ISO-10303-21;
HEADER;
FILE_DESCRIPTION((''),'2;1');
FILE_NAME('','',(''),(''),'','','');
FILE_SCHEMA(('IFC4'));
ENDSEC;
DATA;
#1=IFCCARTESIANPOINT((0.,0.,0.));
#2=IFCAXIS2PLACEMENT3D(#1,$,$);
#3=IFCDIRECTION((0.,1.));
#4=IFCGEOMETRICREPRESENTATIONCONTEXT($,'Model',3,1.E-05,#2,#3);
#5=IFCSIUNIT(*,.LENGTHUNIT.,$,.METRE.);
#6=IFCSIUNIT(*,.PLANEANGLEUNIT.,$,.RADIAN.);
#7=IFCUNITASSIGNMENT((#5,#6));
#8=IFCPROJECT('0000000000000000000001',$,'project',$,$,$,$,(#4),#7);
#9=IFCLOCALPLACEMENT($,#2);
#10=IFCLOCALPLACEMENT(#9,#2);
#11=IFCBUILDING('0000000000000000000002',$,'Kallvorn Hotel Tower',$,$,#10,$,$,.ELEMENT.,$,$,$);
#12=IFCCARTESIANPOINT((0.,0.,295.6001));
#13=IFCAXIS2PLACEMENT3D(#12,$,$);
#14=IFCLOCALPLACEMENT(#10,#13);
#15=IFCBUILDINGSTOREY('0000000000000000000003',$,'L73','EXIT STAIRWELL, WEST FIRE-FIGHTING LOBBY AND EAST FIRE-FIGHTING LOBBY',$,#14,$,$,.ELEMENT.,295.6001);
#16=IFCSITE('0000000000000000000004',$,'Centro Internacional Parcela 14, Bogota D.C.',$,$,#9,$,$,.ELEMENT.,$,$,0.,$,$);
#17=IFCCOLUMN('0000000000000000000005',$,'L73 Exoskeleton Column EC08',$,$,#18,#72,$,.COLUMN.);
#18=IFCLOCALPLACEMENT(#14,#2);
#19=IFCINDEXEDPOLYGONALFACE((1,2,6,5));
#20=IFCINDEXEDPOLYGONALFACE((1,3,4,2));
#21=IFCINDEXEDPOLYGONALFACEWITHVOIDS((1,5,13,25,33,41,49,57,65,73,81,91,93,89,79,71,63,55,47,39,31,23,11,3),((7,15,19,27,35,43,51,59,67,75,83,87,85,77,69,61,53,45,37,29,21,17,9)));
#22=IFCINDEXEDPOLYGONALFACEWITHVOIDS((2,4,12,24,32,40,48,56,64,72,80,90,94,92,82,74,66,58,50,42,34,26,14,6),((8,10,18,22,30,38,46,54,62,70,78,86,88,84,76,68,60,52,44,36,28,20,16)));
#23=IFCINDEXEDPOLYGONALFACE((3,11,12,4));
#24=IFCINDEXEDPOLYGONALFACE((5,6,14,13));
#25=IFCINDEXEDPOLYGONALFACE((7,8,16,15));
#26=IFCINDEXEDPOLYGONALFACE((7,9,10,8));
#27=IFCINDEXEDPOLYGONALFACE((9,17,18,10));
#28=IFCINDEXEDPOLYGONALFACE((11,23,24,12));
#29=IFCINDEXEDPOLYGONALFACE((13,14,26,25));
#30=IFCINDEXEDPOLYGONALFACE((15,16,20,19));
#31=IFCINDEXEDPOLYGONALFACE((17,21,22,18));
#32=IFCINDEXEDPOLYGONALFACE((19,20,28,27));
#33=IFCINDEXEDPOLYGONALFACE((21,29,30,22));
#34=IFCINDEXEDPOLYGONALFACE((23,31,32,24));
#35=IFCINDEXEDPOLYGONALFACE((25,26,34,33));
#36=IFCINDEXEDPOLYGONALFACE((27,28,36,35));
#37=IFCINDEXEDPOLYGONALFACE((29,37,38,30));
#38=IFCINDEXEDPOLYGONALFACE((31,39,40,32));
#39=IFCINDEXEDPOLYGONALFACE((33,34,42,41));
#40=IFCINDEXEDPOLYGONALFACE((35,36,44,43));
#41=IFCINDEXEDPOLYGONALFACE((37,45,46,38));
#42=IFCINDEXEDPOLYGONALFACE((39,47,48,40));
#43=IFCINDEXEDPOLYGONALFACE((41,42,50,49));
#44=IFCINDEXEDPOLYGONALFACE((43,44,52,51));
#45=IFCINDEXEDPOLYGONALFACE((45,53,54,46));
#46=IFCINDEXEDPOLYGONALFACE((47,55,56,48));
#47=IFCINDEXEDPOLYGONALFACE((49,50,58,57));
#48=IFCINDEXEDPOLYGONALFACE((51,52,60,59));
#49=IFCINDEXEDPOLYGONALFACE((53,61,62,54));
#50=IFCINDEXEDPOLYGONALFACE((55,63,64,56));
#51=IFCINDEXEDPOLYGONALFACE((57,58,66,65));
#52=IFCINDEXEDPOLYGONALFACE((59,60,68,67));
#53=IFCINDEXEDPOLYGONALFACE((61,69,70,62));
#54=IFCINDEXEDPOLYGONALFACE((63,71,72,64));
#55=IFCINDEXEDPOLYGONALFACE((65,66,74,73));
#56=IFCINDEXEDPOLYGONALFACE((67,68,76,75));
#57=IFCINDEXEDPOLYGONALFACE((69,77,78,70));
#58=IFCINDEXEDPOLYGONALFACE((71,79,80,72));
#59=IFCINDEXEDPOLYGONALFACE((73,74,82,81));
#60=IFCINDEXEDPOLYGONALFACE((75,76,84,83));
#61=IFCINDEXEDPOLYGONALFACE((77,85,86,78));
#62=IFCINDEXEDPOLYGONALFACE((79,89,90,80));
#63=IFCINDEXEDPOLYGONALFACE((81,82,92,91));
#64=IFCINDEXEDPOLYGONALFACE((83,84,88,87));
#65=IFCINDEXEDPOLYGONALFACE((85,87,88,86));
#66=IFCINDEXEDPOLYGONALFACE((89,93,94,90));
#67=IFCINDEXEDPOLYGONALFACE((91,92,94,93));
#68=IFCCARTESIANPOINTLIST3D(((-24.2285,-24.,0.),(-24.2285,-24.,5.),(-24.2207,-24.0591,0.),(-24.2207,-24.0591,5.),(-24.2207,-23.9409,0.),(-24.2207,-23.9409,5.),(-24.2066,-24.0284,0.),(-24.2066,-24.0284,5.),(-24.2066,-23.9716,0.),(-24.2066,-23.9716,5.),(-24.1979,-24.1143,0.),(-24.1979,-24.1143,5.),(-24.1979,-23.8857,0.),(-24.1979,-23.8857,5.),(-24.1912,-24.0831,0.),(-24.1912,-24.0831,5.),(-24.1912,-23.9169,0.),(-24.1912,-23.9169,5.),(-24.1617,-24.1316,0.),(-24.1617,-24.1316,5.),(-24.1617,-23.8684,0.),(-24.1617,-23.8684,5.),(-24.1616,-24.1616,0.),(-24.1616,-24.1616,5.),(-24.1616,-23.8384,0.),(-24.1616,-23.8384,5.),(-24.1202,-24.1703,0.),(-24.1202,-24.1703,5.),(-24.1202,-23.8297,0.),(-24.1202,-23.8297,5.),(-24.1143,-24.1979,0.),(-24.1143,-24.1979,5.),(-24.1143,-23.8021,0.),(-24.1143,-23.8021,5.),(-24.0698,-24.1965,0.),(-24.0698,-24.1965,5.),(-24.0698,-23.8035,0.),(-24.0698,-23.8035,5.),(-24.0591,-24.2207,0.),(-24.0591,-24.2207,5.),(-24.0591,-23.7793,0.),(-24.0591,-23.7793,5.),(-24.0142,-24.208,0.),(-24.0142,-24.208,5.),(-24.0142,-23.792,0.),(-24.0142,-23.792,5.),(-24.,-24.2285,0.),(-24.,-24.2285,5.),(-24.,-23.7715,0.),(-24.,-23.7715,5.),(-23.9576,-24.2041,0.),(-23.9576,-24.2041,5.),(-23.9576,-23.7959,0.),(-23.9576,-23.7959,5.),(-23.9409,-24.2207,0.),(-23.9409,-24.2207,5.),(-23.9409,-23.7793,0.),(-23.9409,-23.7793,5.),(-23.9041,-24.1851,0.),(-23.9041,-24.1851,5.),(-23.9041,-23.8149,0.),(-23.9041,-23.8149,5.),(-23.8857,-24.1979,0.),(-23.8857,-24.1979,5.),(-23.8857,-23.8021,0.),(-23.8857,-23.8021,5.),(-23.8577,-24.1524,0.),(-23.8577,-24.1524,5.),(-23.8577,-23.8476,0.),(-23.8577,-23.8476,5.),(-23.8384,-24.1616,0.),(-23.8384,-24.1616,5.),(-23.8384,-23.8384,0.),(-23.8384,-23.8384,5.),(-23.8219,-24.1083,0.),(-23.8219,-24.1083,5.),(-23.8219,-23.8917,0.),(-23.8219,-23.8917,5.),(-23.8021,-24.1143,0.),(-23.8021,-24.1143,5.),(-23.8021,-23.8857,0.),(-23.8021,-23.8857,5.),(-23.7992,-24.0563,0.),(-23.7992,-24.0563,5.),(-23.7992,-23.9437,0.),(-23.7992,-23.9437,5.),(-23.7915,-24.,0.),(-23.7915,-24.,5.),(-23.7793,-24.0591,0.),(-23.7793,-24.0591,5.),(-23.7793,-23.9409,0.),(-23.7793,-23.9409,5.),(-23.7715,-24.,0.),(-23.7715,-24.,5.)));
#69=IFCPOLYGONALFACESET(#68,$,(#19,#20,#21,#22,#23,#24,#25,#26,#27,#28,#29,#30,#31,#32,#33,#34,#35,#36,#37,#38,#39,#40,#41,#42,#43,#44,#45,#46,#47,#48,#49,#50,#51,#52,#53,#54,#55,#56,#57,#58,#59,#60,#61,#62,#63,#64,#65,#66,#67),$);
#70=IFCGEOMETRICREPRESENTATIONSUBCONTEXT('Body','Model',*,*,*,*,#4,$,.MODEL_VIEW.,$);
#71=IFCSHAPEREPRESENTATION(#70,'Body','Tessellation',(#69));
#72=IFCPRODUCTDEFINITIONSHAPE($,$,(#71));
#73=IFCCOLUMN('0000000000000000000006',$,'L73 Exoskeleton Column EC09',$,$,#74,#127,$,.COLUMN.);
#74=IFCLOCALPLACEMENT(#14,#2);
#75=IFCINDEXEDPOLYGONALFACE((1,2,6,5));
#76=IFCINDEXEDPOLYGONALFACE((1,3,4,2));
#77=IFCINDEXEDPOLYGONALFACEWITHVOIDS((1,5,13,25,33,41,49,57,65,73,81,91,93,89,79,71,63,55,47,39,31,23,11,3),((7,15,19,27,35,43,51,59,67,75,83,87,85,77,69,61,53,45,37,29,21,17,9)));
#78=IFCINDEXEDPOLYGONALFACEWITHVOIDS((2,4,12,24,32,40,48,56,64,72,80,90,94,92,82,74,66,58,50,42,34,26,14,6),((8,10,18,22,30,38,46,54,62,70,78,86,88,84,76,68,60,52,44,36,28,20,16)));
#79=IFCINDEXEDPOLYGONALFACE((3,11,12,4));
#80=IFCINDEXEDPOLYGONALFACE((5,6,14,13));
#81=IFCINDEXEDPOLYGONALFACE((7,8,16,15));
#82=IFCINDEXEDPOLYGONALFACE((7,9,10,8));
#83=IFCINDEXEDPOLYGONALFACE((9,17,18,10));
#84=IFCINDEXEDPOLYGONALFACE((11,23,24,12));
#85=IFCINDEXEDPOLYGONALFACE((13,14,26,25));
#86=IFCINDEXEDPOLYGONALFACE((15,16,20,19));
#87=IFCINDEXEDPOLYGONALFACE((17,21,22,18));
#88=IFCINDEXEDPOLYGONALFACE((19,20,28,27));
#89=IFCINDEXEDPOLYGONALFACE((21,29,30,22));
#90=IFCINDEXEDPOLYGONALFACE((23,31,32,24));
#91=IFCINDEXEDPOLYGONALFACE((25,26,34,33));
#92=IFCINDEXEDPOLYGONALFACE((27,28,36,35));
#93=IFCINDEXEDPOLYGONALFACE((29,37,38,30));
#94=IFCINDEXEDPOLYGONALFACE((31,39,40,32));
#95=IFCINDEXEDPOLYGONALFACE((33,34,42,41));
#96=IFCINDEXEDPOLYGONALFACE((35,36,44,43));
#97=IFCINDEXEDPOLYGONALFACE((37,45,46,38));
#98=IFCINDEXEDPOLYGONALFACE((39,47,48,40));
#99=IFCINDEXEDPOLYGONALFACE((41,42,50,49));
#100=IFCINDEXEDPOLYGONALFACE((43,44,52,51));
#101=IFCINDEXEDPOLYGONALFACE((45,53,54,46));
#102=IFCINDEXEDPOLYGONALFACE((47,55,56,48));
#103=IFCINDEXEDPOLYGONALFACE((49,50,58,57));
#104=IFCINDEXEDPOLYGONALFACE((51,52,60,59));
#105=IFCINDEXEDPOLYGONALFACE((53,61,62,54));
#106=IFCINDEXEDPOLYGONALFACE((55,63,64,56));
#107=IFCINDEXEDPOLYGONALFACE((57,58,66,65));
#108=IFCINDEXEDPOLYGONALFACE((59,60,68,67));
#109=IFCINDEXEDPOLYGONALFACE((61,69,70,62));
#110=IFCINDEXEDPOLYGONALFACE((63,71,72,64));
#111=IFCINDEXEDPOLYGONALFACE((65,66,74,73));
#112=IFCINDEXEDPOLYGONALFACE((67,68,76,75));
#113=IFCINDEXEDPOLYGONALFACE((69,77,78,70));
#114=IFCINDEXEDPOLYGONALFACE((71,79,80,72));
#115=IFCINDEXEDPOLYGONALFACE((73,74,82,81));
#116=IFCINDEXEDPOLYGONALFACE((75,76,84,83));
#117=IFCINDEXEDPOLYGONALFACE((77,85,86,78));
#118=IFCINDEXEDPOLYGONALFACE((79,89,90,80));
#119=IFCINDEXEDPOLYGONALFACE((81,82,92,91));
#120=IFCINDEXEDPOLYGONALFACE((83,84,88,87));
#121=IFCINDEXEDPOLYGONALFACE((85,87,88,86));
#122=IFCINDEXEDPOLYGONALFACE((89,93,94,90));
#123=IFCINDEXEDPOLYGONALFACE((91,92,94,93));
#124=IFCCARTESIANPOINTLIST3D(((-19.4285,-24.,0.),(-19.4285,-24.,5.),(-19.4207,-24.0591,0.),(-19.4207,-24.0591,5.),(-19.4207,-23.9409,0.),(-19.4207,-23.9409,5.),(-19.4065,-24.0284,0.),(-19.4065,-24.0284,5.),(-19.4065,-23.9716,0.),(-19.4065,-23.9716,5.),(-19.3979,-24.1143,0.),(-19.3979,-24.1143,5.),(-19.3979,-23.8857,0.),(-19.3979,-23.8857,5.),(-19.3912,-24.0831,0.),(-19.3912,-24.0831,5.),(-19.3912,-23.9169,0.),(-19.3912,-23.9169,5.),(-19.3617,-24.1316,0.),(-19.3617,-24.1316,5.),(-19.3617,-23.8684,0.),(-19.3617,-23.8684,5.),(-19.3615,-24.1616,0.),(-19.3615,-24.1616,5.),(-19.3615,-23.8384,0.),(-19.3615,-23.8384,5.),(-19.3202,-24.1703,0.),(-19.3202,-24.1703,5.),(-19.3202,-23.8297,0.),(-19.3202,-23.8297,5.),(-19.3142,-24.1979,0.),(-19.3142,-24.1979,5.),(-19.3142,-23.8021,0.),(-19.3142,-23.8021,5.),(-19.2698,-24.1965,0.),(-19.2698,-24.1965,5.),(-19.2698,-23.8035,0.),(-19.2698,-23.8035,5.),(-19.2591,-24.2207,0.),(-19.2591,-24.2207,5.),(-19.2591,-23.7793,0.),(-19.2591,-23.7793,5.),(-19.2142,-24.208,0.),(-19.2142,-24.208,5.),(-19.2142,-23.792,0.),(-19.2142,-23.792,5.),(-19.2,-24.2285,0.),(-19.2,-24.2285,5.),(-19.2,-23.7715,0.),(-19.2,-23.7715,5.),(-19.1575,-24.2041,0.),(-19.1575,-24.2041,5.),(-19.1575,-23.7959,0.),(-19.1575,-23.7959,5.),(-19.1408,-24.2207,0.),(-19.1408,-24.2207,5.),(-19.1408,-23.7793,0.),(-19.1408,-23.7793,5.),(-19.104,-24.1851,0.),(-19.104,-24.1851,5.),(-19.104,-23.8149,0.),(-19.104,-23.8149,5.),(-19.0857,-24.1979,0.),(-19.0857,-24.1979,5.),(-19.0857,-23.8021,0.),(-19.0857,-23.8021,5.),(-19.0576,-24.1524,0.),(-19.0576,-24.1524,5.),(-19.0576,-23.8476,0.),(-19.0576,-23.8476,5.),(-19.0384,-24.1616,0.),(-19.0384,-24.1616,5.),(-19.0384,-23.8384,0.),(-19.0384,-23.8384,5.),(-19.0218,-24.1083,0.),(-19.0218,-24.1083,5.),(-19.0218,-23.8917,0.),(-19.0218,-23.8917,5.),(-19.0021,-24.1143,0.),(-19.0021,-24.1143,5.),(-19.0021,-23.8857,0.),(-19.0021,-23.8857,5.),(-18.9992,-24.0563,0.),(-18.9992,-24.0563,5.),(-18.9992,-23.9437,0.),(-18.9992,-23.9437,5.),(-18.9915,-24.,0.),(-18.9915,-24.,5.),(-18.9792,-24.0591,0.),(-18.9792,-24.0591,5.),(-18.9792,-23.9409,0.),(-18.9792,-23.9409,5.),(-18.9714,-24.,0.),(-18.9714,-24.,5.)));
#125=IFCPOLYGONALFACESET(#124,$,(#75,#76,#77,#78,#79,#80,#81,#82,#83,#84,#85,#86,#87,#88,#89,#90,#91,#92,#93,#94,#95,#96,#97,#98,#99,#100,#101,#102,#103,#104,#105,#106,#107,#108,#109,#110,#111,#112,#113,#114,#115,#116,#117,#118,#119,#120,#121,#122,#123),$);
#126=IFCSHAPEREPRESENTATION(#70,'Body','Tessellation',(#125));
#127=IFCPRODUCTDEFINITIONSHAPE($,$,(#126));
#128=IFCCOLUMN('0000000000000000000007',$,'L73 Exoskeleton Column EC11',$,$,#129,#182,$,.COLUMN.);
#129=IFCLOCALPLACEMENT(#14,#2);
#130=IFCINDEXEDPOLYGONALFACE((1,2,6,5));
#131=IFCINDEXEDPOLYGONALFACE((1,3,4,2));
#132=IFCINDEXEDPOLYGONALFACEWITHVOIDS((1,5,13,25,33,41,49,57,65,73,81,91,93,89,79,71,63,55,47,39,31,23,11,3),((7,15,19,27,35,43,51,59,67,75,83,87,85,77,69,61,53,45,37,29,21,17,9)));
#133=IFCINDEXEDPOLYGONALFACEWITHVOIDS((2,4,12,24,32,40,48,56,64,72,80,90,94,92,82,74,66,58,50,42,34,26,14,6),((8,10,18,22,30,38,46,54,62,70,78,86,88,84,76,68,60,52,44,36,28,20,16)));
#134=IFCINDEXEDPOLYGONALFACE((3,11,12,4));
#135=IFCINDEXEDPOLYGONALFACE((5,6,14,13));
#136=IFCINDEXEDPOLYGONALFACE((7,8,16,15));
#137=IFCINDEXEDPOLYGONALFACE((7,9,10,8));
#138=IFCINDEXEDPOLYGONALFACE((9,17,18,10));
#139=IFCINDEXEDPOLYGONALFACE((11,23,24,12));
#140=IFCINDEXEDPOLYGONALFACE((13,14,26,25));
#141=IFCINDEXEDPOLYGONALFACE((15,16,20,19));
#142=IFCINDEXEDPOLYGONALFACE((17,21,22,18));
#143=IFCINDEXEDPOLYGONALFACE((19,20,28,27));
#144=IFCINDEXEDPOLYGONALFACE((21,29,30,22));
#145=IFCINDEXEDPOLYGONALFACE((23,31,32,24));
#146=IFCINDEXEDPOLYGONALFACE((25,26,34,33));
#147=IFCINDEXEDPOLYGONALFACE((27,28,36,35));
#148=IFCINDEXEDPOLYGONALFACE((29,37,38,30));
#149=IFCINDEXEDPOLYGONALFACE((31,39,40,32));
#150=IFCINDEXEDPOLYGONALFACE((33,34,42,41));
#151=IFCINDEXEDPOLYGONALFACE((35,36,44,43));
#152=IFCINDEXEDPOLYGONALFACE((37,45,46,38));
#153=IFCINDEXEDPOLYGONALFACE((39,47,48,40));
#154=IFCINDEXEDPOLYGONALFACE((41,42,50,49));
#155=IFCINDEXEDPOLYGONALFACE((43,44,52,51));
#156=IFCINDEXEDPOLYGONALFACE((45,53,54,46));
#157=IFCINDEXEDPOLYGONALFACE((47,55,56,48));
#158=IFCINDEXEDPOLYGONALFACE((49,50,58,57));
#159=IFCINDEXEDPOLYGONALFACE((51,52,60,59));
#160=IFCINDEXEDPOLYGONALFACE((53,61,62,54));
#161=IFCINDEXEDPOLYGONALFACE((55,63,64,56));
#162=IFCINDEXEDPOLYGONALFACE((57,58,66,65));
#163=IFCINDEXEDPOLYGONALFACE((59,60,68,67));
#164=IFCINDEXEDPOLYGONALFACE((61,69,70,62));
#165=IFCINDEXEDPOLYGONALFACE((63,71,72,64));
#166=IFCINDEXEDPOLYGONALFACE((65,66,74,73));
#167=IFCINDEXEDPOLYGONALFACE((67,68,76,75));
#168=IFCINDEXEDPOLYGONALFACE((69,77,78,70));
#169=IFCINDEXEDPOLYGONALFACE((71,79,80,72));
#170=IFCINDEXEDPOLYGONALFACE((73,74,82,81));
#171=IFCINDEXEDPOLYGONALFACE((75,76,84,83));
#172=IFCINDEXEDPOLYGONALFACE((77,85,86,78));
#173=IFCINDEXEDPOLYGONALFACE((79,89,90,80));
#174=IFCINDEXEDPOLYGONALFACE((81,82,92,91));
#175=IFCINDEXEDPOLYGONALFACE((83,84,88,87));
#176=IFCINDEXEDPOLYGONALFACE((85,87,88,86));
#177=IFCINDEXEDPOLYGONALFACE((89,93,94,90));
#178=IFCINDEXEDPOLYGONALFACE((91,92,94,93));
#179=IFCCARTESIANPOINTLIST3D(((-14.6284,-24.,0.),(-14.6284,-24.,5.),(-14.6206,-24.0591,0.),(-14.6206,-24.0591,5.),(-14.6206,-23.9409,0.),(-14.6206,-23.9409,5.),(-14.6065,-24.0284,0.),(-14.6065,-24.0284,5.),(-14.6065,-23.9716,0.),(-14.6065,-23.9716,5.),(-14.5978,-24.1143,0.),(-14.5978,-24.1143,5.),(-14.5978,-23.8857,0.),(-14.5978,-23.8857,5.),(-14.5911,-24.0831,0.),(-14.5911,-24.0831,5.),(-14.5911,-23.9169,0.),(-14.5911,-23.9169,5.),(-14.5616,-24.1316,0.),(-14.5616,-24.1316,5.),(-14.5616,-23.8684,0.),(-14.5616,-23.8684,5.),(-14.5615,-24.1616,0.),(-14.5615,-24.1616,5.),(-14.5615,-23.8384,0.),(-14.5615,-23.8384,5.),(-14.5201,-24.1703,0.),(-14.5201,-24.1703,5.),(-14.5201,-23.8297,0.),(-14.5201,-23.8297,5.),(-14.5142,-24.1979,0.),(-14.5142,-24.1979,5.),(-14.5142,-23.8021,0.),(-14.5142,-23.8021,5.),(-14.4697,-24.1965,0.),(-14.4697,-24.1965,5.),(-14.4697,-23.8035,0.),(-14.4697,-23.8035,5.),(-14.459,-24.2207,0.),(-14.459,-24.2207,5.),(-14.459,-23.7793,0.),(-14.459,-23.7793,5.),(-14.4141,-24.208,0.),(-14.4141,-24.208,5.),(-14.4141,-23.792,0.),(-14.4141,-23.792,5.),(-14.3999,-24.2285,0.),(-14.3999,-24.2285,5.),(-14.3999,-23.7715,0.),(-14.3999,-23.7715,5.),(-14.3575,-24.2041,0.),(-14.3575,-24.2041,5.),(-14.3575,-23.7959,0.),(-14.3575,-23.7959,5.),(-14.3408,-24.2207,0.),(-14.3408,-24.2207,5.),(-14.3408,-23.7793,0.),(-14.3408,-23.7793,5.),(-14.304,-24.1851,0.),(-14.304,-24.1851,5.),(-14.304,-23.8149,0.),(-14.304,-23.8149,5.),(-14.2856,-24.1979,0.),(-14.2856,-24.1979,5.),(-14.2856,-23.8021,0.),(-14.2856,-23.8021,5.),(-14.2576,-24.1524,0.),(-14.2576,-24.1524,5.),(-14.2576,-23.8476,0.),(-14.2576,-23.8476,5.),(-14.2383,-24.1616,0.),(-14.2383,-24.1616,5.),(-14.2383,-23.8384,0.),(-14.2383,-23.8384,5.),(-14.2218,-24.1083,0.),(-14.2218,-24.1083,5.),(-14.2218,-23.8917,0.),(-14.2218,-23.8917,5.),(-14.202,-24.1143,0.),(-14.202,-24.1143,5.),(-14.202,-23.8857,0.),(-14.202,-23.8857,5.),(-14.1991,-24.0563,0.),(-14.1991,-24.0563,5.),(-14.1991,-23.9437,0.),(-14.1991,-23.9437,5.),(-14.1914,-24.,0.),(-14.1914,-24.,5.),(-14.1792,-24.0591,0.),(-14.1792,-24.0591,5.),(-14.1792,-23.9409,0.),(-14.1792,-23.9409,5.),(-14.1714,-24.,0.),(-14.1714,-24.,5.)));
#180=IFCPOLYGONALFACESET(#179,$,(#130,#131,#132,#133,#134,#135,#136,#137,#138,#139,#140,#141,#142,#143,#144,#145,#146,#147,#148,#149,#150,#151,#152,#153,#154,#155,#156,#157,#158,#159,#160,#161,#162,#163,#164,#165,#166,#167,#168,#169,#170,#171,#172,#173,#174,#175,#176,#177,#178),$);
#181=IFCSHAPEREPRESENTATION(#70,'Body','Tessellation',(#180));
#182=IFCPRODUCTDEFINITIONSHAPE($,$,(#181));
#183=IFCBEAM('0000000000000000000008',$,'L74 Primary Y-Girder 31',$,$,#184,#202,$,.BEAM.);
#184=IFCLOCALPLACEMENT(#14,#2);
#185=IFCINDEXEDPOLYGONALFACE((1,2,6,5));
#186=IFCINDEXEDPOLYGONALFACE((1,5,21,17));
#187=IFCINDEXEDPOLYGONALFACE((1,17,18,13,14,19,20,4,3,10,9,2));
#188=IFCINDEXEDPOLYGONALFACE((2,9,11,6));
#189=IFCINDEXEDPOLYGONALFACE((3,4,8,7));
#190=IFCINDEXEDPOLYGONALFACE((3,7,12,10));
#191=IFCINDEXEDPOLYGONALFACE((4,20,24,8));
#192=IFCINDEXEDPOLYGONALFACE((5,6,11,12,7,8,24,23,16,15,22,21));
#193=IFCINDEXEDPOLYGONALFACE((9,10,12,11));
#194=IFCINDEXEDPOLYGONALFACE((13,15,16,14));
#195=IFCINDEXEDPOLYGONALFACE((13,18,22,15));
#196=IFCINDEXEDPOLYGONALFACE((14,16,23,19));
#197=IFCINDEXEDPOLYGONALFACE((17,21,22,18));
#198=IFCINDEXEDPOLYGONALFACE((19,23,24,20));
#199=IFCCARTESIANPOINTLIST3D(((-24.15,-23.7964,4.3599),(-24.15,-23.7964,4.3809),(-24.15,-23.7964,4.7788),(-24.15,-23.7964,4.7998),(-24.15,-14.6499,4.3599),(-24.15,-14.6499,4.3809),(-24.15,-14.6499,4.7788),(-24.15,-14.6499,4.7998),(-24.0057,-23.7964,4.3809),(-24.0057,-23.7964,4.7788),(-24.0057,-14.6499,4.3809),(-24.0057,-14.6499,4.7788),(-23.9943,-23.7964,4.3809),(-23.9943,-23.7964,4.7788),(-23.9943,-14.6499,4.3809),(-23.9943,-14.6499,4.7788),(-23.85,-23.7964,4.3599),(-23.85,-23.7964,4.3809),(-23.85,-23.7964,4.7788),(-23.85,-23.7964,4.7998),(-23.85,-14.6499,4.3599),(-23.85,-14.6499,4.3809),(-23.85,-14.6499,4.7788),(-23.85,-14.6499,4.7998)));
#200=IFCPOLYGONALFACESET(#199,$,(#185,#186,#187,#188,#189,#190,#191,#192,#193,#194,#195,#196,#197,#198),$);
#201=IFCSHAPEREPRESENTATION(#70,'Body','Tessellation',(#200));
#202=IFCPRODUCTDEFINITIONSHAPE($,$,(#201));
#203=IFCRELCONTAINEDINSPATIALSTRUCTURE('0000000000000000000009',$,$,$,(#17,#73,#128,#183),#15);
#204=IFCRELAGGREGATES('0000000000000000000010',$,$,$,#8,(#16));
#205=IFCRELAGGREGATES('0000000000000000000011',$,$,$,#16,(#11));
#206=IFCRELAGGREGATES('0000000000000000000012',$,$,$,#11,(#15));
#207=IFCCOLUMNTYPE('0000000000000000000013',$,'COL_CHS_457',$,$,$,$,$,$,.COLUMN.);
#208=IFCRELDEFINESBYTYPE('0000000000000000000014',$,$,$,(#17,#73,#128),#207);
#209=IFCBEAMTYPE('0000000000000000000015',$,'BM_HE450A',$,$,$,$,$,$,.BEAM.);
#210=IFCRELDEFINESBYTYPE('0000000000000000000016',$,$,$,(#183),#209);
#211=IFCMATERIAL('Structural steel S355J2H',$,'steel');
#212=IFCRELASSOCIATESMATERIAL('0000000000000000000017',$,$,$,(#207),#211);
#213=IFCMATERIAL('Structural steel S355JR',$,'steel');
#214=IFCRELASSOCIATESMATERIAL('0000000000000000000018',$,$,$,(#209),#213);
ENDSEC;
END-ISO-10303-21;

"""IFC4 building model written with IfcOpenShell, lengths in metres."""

from ifc_helpers import new_model, si_unit, direction, frame, origin, origin_2d, place, context, subcontext, project, spatial, hollow_circle, i_section, extrude, material, material_profile, profile_set, type_object, element, save


model = new_model("IFC4")

# Units and contexts
model_context = context("Model", 3, precision=1e-05, world=origin(), true_north=direction((0.0, 1.0)))
body_context = subcontext(model_context, "Body", "Model", "MODEL_VIEW")
ifc_project = project(units=[si_unit("LENGTHUNIT", "METRE"), si_unit("PLANEANGLEUNIT", "RADIAN")], contexts=[model_context])

# Site, building, storey
site_placement = place(None, origin())
site = spatial("IfcSite", under=ifc_project, at=site_placement, Name="Centro Internacional Parcela 14, Bogota D.C.", CompositionType="ELEMENT", RefElevation=0.0)
building_placement = place(site_placement, origin())
building = spatial("IfcBuilding", under=site, at=building_placement, Name="Kallvorn Hotel Tower", CompositionType="ELEMENT")
storey_placement = place(building_placement, frame((0.0, 0.0, 295.6001)))
storey = spatial("IfcBuildingStorey", under=building, at=storey_placement, Name="L73", Description="EXIT STAIRWELL, WEST FIRE-FIGHTING LOBBY AND EAST FIRE-FIGHTING LOBBY", CompositionType="ELEMENT", Elevation=295.6001)

# Columns
ifc_material_1 = material(Name="Structural steel S355J2H", Category="steel")
ifc_material_profile_1 = material_profile(ifc_material_1, hollow_circle(Radius=0.2285, WallThickness=0.02, at=origin_2d()), Name="CHS 457x20")
ifc_profile_set_1 = profile_set([ifc_material_profile_1], Name="Structural steel S355J2H")
column_type = type_object("IfcColumnType", Name="COL_CHS_457", PredefinedType="COLUMN", material=ifc_profile_set_1)
for number, where, z_axis, x_axis, name in (
    (1, (-24.0, -24.0, 0.0), (0.0, 0.0, 1.0), (1.0, 0.0, 0.0), "L73 Exoskeleton Column EC08"),
    (2, (-19.2, -24.0, 0.0), (0.0, 0.0, 1.0), (1.0, 0.0, 0.0), "L73 Exoskeleton Column EC09"),
    (3, (-14.3999, -24.0, 0.0), (0.0, 0.0, 1.0), (1.0, 0.0, 0.0), "L73 Exoskeleton Column EC11"),
):
    element("IfcColumn", number, at=place(storey_placement, frame(where, z_axis=z_axis, x_axis=x_axis)), inside=storey, type_object=column_type, Name=name, PredefinedType="COLUMN", context=body_context, shape_type="SweptSolid", body=[
        extrude(hollow_circle(Radius=0.2285, WallThickness=0.02, at=origin_2d()), origin(), (0.0, 0.0, 1.0), 5.0),
    ])

# Beam
ifc_material_2 = material(Name="Structural steel S355JR", Category="steel")
ifc_material_profile_2 = material_profile(ifc_material_2, i_section(OverallWidth=0.3, OverallDepth=0.4399, WebThickness=0.0115, FlangeThickness=0.021, at=origin_2d()), Name="HE 450 A")
ifc_profile_set_2 = profile_set([ifc_material_profile_2], Name="Structural steel S355JR")
beam_type_1 = type_object("IfcBeamType", Name="BM_HE450A", PredefinedType="BEAM", material=ifc_profile_set_2)
for number, where, z_axis, x_axis, name in (
    (4, (-24.0, -23.7964, 4.5798), (0.0, 1.0, 0.0), (-1.0, 0.0, 0.0), "L74 Primary Y-Girder 31"),
):
    element("IfcBeam", number, at=place(storey_placement, frame(where, z_axis=z_axis, x_axis=x_axis)), inside=storey, type_object=beam_type_1, Name=name, PredefinedType="BEAM", context=body_context, shape_type="SweptSolid", body=[
        extrude(i_section(OverallWidth=0.3, OverallDepth=0.4399, WebThickness=0.0115, FlangeThickness=0.021, at=origin_2d()), origin(), (0.0, 0.0, 1.0), 9.1465),
    ])

save(model, "model.ifc")
